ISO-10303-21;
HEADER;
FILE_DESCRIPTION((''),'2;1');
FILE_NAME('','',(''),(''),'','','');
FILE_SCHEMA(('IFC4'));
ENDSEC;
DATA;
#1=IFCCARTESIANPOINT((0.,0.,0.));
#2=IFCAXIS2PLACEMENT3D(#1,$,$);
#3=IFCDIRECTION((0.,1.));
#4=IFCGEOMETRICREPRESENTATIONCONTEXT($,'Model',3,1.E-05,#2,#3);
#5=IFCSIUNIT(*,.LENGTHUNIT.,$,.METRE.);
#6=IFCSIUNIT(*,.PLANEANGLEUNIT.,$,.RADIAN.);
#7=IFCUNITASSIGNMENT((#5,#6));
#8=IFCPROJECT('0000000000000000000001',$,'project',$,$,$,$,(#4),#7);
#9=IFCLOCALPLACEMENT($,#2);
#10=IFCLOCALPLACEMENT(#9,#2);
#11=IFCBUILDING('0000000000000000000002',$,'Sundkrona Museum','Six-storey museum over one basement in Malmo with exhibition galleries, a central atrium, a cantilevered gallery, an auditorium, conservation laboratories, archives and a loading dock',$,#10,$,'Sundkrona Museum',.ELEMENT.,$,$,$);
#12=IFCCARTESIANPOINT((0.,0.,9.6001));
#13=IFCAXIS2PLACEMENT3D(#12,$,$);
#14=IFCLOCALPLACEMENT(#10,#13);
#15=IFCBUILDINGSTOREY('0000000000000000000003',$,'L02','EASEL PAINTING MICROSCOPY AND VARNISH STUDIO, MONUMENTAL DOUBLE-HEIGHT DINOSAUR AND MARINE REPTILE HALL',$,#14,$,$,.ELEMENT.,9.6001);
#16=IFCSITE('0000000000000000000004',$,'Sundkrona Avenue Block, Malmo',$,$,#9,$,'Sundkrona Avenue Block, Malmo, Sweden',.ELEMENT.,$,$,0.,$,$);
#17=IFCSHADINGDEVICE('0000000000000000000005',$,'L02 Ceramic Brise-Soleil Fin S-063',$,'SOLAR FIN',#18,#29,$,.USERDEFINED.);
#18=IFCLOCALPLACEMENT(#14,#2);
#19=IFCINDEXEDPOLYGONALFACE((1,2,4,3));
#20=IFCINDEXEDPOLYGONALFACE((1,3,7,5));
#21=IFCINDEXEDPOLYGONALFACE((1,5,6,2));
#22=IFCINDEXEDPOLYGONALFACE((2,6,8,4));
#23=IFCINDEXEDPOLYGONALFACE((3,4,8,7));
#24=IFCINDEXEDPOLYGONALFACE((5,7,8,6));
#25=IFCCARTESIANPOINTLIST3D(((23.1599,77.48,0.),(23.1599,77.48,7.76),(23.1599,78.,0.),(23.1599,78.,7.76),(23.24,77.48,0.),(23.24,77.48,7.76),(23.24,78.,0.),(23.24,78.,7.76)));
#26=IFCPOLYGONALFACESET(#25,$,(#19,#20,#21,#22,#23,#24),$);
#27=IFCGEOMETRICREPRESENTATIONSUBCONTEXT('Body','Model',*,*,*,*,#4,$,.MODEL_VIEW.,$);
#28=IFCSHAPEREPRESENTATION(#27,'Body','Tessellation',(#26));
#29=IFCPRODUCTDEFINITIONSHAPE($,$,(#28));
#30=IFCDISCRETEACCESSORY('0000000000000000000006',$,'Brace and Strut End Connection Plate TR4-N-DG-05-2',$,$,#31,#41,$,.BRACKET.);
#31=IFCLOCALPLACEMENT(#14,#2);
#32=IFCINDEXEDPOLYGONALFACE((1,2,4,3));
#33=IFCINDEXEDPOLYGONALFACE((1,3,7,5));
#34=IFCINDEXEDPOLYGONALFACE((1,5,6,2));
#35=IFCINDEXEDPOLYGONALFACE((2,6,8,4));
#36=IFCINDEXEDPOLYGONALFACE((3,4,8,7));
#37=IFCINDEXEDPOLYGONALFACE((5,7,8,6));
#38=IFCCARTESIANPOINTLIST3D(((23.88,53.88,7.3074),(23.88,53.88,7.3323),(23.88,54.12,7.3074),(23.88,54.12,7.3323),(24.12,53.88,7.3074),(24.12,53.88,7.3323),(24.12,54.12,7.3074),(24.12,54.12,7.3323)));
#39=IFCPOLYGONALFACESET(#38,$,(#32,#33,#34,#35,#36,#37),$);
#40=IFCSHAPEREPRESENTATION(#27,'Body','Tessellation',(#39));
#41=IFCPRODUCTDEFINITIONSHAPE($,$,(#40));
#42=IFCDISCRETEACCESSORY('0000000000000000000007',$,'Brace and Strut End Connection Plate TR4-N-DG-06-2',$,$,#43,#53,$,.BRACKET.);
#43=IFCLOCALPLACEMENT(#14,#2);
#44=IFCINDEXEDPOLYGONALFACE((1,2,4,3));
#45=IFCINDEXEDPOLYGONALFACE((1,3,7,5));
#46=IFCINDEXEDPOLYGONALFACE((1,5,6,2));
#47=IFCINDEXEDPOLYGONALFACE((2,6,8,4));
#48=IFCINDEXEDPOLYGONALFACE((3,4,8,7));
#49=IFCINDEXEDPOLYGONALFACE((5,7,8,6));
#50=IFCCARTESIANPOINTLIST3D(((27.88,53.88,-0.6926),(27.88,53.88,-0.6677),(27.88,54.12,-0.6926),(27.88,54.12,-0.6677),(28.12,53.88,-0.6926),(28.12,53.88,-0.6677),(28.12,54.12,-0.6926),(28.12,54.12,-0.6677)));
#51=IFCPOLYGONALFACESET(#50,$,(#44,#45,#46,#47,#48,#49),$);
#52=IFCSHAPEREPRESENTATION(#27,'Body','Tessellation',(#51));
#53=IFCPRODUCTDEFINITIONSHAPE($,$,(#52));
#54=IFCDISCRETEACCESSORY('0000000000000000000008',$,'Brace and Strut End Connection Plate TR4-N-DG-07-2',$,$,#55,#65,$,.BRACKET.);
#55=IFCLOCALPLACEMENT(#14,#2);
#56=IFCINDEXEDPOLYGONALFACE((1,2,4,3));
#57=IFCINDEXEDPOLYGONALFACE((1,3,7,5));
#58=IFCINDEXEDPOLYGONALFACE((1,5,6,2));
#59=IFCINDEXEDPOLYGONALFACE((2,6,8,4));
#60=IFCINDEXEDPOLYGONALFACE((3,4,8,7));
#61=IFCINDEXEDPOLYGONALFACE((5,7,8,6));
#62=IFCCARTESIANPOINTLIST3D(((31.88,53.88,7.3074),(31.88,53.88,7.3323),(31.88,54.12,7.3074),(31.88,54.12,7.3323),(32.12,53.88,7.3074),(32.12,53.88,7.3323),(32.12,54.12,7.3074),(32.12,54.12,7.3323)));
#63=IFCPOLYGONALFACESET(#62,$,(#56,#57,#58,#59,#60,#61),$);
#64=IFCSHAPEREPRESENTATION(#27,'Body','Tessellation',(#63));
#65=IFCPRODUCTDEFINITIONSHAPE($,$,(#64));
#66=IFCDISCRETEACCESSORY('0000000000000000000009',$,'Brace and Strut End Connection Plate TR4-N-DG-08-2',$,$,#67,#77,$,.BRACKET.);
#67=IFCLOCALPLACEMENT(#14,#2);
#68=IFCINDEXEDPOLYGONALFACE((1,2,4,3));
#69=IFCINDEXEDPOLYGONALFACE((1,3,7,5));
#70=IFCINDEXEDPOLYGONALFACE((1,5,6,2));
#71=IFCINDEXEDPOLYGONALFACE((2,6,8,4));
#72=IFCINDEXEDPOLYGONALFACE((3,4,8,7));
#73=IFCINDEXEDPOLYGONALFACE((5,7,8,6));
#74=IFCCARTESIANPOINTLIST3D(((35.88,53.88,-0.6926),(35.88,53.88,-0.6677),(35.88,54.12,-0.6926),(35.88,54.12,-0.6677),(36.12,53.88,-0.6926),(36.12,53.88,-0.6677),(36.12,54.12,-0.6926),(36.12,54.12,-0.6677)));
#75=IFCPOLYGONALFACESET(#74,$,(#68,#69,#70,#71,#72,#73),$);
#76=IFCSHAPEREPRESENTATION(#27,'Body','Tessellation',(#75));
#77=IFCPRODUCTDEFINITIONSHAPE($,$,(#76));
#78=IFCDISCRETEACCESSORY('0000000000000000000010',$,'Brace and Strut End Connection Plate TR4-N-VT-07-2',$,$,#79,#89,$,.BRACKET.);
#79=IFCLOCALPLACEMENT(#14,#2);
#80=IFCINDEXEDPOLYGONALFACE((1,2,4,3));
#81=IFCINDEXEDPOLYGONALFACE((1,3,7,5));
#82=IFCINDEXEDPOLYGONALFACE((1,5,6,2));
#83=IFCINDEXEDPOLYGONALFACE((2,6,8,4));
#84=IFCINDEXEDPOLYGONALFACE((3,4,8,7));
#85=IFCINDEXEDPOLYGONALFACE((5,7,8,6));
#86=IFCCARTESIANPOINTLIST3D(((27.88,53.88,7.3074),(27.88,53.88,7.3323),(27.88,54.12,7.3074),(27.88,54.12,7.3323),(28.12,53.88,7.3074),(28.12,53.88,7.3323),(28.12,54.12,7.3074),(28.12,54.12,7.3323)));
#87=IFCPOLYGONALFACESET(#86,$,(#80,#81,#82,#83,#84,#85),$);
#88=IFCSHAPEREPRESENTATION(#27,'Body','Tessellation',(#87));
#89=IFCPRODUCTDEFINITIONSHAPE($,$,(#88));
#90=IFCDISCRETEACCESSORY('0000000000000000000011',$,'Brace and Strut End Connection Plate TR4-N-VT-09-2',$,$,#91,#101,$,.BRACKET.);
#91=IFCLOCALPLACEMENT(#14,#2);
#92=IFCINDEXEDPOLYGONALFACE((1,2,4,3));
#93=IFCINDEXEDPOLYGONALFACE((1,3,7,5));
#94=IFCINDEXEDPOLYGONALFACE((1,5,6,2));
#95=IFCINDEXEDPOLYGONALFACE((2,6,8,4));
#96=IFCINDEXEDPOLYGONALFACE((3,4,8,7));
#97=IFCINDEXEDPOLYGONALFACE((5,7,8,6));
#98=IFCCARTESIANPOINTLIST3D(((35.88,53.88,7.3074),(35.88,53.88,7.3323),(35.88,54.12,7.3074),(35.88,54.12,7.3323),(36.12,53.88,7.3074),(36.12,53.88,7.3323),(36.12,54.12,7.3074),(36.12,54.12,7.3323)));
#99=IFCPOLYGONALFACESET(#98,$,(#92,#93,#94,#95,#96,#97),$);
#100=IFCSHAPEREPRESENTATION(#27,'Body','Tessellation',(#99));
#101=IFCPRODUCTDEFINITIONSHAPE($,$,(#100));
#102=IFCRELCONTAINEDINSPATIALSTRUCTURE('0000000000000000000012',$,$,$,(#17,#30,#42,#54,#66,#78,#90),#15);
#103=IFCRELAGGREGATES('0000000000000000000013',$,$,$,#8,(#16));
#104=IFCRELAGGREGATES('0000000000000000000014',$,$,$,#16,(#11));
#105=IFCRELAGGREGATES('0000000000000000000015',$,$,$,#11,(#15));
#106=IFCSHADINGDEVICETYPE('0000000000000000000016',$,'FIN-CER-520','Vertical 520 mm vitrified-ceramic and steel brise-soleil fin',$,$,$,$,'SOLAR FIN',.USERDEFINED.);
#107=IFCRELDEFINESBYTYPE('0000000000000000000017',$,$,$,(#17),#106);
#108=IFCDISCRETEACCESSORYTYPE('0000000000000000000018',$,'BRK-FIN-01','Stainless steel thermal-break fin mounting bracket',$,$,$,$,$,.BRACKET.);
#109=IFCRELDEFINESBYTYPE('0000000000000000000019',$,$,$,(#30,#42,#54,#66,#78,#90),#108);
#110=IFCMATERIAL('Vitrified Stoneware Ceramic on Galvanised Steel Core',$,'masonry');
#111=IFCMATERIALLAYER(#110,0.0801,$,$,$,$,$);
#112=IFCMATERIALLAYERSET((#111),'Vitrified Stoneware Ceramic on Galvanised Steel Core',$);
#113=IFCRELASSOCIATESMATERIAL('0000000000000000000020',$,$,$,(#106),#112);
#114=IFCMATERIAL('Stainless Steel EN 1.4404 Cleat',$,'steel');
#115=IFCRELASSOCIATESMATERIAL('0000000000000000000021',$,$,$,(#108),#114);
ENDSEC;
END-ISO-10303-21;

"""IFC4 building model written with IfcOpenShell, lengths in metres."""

from ifc_helpers import new_model, si_unit, direction, frame, origin, origin_2d, place, context, subcontext, project, spatial, rectangle, extrude, material, layer, layer_set, type_object, element, save


model = new_model("IFC4")

# Units and contexts
model_context = context("Model", 3, precision=1e-05, world=origin(), true_north=direction((0.0, 1.0)))
body_context = subcontext(model_context, "Body", "Model", "MODEL_VIEW")
ifc_project = project(units=[si_unit("LENGTHUNIT", "METRE"), si_unit("PLANEANGLEUNIT", "RADIAN")], contexts=[model_context])

# Site, building, storey
site_placement = place(None, origin())
site = spatial("IfcSite", under=ifc_project, at=site_placement, Name="Sundkrona Avenue Block, Malmo", LongName="Sundkrona Avenue Block, Malmo, Sweden", CompositionType="ELEMENT", RefElevation=0.0)
building_placement = place(site_placement, origin())
building = spatial("IfcBuilding", under=site, at=building_placement, Name="Sundkrona Museum", Description="Six-storey museum over one basement in Malmo with exhibition galleries, a central atrium, a cantilevered gallery, an auditorium, conservation laboratories, archives and a loading dock", LongName="Sundkrona Museum", CompositionType="ELEMENT")
storey_placement = place(building_placement, frame((0.0, 0.0, 9.6001)))
storey = spatial("IfcBuildingStorey", under=building, at=storey_placement, Name="L02", Description="EASEL PAINTING MICROSCOPY AND VARNISH STUDIO, MONUMENTAL DOUBLE-HEIGHT DINOSAUR AND MARINE REPTILE HALL", CompositionType="ELEMENT", Elevation=9.6001)

# Shading device
ifc_material_1 = material(Name="Vitrified Stoneware Ceramic on Galvanised Steel Core", Category="masonry")
ifc_layer_1 = layer(ifc_material_1, 0.0801)
ifc_layer_set_1 = layer_set([ifc_layer_1], Name="Vitrified Stoneware Ceramic on Galvanised Steel Core")
shading_device_type = type_object("IfcShadingDeviceType", Name="FIN-CER-520", Description="Vertical 520 mm vitrified-ceramic and steel brise-soleil fin", ElementType="SOLAR FIN", PredefinedType="USERDEFINED", material=ifc_layer_set_1)
shading_device_placement = place(storey_placement, frame((23.2, 77.74, 0.0), z_axis=(0.0, 0.0, 1.0), x_axis=(1.0, 0.0, 0.0)))
element("IfcShadingDevice", 1, at=shading_device_placement, inside=storey, type_object=shading_device_type, Name="L02 Ceramic Brise-Soleil Fin S-063", ObjectType="SOLAR FIN", PredefinedType="USERDEFINED", context=body_context, shape_type="SweptSolid", body=[
    extrude(rectangle(XDim=0.0801, YDim=0.52, at=origin_2d()), origin(), (0.0, 0.0, 1.0), 7.76),
])

# Discrete accessories
ifc_material_2 = material(Name="Stainless Steel EN 1.4404 Cleat", Category="steel")
discrete_accessory_type = type_object("IfcDiscreteAccessoryType", Name="BRK-FIN-01", Description="Stainless steel thermal-break fin mounting bracket", PredefinedType="BRACKET", material=ifc_material_2)
for number, where, z_axis, x_axis, name in (
    (2, (24.0, 54.0, 7.3074), (0.0, 0.0, 1.0), (1.0, 0.0, 0.0), "Brace and Strut End Connection Plate TR4-N-DG-05-2"),
    (3, (28.0, 54.0, -0.6926), (0.0, 0.0, 1.0), (1.0, 0.0, 0.0), "Brace and Strut End Connection Plate TR4-N-DG-06-2"),
    (4, (32.0, 54.0, 7.3074), (0.0, 0.0, 1.0), (1.0, 0.0, 0.0), "Brace and Strut End Connection Plate TR4-N-DG-07-2"),
    (5, (36.0, 54.0, -0.6926), (0.0, 0.0, 1.0), (1.0, 0.0, 0.0), "Brace and Strut End Connection Plate TR4-N-DG-08-2"),
    (6, (28.0, 54.0, 7.3074), (0.0, 0.0, 1.0), (1.0, 0.0, 0.0), "Brace and Strut End Connection Plate TR4-N-VT-07-2"),
    (7, (36.0, 54.0, 7.3074), (0.0, 0.0, 1.0), (1.0, 0.0, 0.0), "Brace and Strut End Connection Plate TR4-N-VT-09-2"),
):
    element("IfcDiscreteAccessory", number, at=place(storey_placement, frame(where, z_axis=z_axis, x_axis=x_axis)), inside=storey, type_object=discrete_accessory_type, Name=name, PredefinedType="BRACKET", context=body_context, shape_type="SweptSolid", body=[
        extrude(rectangle(XDim=0.24, YDim=0.24, at=origin_2d()), origin(), (0.0, 0.0, 1.0), 0.0249),
    ])

save(model, "model.ifc")
